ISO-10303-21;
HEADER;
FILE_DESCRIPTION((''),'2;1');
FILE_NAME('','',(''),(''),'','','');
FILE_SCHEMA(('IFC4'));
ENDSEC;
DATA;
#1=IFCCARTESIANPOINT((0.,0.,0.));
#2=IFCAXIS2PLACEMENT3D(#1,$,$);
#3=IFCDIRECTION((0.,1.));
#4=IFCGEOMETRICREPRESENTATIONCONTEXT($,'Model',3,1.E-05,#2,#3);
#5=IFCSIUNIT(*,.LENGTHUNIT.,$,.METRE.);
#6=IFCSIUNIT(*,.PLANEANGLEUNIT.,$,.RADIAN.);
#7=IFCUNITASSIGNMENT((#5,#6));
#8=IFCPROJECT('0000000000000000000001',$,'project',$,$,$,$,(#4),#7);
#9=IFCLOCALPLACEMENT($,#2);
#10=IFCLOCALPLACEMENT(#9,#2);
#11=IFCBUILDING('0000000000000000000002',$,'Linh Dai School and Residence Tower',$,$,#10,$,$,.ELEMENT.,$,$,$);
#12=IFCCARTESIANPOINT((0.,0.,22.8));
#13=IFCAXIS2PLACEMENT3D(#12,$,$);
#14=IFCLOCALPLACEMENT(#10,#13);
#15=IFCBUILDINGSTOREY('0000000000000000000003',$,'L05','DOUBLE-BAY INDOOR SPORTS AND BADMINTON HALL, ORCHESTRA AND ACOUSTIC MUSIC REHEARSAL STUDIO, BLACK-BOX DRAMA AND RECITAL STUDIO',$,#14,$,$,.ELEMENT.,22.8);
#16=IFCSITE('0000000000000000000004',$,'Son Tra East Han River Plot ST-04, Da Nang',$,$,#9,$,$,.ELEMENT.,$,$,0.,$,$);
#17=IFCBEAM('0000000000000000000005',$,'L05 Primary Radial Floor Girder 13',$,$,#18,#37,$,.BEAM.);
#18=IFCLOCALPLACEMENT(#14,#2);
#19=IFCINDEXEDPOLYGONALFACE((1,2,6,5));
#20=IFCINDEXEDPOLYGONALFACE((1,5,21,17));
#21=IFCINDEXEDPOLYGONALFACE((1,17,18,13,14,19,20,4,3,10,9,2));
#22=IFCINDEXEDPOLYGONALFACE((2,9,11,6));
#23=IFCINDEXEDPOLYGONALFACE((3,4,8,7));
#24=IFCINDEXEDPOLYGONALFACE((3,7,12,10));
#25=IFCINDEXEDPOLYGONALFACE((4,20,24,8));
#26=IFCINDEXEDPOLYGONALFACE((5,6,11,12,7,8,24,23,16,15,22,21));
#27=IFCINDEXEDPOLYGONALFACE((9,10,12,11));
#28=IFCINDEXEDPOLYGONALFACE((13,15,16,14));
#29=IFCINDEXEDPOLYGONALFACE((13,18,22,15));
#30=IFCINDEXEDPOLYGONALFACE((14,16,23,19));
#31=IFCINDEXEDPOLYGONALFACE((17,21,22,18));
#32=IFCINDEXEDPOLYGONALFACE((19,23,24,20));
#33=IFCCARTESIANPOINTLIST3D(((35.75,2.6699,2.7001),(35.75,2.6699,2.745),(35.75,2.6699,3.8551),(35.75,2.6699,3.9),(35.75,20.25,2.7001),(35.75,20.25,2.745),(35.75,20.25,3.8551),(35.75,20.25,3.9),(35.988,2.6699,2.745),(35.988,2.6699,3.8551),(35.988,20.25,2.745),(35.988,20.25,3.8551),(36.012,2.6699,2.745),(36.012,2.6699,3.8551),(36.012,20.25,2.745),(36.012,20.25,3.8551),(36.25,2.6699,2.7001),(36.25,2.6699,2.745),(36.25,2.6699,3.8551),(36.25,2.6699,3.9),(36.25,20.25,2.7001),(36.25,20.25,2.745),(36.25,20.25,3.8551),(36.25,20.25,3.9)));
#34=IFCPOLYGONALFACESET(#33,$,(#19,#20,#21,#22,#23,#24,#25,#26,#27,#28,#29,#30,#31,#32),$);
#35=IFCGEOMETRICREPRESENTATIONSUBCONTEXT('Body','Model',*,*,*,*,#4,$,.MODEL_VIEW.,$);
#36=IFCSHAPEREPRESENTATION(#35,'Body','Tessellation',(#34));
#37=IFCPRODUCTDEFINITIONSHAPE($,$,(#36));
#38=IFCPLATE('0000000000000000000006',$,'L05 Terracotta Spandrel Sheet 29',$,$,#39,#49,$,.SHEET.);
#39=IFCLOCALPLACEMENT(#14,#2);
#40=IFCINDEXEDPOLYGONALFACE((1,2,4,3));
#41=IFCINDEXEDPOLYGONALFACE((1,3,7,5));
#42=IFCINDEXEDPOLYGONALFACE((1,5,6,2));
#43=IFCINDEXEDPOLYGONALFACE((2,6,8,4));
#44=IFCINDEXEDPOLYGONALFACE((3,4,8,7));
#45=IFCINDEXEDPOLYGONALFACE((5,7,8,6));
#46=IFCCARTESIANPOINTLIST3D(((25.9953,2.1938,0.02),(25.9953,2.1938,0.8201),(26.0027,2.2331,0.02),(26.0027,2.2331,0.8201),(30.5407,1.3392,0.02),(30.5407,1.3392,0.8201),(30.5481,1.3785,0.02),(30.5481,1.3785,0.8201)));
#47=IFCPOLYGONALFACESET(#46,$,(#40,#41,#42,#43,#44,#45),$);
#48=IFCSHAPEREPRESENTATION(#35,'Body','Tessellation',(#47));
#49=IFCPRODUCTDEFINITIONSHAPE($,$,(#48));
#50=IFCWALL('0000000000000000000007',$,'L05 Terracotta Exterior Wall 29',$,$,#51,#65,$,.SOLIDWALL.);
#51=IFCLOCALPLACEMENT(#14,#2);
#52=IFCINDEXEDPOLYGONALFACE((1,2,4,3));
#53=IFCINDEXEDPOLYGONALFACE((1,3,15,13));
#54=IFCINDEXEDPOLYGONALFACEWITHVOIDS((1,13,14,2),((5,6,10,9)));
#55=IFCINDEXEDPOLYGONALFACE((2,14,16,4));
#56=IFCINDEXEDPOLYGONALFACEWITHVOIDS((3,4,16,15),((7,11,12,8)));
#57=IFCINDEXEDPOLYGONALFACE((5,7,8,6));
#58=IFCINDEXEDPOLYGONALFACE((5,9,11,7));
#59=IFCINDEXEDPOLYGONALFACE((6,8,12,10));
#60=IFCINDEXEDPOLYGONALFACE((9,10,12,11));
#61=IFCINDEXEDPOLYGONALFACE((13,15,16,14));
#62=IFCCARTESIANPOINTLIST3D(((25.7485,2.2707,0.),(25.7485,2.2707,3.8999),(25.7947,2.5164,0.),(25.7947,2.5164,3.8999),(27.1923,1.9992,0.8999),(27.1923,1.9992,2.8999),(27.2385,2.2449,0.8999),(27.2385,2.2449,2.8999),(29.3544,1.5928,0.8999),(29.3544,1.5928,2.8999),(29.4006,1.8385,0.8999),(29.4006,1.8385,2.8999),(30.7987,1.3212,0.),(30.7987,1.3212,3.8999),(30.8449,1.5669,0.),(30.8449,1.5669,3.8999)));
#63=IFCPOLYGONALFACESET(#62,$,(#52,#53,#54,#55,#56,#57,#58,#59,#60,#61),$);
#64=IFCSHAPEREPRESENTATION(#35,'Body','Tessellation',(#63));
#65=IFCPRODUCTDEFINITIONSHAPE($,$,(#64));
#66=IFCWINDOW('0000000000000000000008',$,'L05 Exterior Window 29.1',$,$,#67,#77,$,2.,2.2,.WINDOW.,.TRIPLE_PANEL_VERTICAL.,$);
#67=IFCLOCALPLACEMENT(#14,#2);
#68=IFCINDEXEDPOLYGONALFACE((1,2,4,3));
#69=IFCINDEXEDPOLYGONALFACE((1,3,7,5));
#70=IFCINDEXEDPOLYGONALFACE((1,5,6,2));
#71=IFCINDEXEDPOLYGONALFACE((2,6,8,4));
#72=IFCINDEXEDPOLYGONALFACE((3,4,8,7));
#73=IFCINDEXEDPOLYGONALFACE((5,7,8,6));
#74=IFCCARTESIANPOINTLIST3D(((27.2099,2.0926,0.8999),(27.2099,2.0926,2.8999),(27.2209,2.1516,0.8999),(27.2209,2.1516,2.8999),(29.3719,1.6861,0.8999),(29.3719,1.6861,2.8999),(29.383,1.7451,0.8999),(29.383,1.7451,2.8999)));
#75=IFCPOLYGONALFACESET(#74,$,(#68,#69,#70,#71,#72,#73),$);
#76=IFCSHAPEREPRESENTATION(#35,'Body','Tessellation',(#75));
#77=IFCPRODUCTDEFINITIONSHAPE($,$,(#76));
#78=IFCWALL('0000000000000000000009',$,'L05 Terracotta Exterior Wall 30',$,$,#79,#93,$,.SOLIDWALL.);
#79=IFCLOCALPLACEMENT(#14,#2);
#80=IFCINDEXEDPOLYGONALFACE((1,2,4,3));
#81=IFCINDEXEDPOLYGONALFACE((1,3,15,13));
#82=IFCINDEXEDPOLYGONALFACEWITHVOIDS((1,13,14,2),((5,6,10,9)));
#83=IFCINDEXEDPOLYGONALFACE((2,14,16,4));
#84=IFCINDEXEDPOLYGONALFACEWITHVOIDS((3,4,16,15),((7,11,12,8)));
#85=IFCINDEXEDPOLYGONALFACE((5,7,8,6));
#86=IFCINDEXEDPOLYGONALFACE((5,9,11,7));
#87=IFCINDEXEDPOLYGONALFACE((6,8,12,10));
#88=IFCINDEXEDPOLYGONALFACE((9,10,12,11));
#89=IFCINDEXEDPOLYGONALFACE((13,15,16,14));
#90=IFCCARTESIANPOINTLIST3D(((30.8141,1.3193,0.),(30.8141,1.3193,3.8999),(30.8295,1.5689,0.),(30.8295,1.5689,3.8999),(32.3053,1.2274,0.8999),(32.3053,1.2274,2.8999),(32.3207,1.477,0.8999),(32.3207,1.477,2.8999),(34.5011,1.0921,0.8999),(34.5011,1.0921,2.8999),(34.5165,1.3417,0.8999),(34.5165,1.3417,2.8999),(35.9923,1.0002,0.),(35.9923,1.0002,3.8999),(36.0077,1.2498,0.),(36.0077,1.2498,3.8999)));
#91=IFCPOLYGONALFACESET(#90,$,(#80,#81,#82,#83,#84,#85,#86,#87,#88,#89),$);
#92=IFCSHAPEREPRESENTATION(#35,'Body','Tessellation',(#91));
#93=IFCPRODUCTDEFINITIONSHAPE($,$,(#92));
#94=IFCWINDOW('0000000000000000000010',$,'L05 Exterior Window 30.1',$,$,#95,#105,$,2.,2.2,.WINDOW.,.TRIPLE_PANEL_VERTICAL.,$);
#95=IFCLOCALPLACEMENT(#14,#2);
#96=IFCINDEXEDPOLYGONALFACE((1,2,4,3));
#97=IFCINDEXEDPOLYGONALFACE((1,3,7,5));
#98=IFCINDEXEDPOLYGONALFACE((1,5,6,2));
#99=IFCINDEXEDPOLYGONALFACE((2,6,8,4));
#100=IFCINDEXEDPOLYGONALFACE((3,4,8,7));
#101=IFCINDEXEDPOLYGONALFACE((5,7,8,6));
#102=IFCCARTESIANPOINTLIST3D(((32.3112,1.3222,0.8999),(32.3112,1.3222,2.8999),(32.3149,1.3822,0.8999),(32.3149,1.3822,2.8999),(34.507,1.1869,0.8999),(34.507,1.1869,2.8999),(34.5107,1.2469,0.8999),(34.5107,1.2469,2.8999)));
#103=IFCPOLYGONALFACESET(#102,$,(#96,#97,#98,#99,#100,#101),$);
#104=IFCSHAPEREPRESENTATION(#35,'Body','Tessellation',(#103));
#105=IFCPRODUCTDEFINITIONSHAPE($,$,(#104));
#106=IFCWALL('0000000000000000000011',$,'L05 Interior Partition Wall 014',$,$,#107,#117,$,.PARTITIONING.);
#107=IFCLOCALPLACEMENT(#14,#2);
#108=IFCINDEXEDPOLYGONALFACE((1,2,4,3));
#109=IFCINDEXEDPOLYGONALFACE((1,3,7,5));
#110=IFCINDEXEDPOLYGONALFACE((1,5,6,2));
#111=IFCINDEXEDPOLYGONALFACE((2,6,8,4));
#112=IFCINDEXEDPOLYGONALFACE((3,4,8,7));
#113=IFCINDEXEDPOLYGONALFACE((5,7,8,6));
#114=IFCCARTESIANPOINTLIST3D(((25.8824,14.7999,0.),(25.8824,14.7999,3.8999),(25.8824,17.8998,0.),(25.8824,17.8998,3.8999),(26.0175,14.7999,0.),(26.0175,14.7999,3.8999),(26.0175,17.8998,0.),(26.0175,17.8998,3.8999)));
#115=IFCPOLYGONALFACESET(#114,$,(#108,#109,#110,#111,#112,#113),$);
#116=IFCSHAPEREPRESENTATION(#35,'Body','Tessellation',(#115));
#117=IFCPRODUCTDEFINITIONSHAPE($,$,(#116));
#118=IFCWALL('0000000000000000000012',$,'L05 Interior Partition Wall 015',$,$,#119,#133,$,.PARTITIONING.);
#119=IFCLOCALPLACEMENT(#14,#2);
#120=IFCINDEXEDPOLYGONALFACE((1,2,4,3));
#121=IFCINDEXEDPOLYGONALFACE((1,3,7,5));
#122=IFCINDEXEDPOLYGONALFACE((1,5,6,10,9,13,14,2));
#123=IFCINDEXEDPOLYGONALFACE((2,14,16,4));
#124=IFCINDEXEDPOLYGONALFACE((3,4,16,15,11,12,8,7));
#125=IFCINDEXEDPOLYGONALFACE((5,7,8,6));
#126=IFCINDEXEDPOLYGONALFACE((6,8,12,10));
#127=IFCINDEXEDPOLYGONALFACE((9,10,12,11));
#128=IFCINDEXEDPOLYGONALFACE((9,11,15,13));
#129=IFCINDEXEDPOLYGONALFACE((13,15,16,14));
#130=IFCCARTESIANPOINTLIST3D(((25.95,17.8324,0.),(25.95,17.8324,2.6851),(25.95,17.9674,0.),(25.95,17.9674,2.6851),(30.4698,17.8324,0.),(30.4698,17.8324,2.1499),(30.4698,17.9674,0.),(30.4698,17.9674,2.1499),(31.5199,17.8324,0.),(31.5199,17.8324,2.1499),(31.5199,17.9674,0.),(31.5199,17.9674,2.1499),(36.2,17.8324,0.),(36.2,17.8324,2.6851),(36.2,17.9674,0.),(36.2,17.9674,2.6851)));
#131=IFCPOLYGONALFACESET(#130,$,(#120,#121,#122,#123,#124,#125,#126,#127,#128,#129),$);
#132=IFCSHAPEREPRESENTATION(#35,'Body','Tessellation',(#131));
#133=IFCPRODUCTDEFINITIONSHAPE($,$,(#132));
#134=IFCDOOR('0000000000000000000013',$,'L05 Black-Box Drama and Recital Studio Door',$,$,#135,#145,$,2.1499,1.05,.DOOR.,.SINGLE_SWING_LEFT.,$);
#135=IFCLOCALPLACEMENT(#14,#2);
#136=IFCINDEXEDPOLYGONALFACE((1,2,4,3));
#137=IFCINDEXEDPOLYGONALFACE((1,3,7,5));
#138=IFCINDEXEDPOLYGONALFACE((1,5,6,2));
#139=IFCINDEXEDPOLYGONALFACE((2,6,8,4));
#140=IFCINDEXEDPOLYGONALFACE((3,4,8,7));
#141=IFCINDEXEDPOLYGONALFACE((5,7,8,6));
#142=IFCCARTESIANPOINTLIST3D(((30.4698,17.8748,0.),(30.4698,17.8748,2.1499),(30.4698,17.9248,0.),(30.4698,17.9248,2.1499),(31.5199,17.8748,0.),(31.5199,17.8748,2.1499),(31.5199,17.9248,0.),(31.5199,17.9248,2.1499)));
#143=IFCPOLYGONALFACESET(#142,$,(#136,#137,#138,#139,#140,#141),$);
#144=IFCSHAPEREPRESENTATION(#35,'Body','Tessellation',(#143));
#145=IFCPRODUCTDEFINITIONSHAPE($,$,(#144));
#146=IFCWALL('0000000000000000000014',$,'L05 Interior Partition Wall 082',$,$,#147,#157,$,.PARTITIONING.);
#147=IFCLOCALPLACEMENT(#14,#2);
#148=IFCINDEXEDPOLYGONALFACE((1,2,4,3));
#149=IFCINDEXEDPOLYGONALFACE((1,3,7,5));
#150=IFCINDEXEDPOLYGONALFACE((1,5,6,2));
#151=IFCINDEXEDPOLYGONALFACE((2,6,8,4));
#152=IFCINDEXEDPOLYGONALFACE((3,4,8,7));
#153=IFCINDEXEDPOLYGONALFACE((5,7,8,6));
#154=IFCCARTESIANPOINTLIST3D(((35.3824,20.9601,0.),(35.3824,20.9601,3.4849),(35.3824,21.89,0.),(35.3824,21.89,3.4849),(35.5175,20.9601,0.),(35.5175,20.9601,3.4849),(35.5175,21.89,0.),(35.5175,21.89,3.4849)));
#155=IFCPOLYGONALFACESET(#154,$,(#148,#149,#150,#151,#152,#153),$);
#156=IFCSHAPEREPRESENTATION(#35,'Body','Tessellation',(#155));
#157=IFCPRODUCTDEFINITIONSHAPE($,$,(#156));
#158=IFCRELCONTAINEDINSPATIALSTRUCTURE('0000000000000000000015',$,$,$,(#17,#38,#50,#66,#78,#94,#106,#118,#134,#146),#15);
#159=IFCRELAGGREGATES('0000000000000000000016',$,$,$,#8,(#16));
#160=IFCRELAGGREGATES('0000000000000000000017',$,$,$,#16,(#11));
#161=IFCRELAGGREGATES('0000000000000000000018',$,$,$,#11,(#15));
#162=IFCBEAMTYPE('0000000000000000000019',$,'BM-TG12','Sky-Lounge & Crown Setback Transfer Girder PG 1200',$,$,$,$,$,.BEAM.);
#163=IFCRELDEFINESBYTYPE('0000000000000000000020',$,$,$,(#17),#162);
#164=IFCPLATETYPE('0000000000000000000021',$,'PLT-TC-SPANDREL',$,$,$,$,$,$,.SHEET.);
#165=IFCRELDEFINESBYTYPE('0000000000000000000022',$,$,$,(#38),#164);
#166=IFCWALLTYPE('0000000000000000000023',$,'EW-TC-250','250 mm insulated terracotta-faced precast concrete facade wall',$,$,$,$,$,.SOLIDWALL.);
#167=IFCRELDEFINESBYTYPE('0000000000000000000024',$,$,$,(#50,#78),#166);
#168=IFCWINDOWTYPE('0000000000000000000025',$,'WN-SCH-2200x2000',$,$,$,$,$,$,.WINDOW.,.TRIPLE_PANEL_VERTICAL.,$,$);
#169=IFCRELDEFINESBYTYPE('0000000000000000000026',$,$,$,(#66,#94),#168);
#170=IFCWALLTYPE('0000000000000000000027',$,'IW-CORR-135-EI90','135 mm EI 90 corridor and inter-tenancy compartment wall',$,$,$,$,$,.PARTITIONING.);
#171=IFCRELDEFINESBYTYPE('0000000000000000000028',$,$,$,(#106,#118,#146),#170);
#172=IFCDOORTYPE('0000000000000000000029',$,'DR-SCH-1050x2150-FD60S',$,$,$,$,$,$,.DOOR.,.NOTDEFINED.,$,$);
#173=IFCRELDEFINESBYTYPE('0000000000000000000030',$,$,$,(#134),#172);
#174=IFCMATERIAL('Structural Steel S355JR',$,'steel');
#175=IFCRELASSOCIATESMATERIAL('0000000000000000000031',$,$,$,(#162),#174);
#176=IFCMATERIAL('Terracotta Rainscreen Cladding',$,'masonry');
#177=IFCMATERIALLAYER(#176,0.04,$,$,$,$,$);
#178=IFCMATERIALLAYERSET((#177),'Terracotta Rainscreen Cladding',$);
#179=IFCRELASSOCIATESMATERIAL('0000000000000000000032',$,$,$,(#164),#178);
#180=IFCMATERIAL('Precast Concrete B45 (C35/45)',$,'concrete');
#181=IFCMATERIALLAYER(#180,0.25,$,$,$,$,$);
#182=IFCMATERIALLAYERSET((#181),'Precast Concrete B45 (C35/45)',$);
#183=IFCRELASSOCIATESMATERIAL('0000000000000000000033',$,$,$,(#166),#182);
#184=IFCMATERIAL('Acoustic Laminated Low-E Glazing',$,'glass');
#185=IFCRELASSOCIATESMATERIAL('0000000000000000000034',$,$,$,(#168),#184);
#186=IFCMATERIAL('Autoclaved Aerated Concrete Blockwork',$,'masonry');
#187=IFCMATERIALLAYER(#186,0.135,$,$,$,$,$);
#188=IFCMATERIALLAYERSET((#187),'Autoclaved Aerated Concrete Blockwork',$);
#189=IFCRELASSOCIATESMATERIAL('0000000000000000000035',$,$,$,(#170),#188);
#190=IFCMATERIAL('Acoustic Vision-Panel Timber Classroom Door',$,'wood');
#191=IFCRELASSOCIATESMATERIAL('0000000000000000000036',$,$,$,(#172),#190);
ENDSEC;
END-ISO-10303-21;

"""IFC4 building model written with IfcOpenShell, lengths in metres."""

from ifc_helpers import new_model, si_unit, direction, frame, frame_2d, origin, origin_2d, place, context, subcontext, project, spatial, rectangle, i_section, extrude, source, transform, mapped, material, layer, layer_set, material_profile, profile_set, type_object, element, fill, save


model = new_model("IFC4")

# Units and contexts
model_context = context("Model", 3, precision=1e-05, world=origin(), true_north=direction((0.0, 1.0)))
body_context = subcontext(model_context, "Body", "Model", "MODEL_VIEW")
ifc_project = project(units=[si_unit("LENGTHUNIT", "METRE"), si_unit("PLANEANGLEUNIT", "RADIAN")], contexts=[model_context])

# Site, building, storey
site_placement = place(None, origin())
site = spatial("IfcSite", under=ifc_project, at=site_placement, Name="Son Tra East Han River Plot ST-04, Da Nang", CompositionType="ELEMENT", RefElevation=0.0)
building_placement = place(site_placement, origin())
building = spatial("IfcBuilding", under=site, at=building_placement, Name="Linh Dai School and Residence Tower", CompositionType="ELEMENT")
storey_placement = place(building_placement, frame((0.0, 0.0, 22.8)))
storey = spatial("IfcBuildingStorey", under=building, at=storey_placement, Name="L05", Description="DOUBLE-BAY INDOOR SPORTS AND BADMINTON HALL, ORCHESTRA AND ACOUSTIC MUSIC REHEARSAL STUDIO, BLACK-BOX DRAMA AND RECITAL STUDIO", CompositionType="ELEMENT", Elevation=22.8)

# Shared definitions
ifc_material_1 = material(Name="Structural Steel S355JR", Category="steel")

# Beam
ifc_material_profile_1 = material_profile(ifc_material_1, i_section(OverallWidth=0.5, OverallDepth=1.2, WebThickness=0.0239, FlangeThickness=0.0449, at=origin_2d()), Name="PG 1200x500x24x45")
ifc_profile_set_1 = profile_set([ifc_material_profile_1], Name="Structural Steel S355JR")
beam_type_1 = type_object("IfcBeamType", Name="BM-TG12", Description="Sky-Lounge & Crown Setback Transfer Girder PG 1200", PredefinedType="BEAM", material=ifc_profile_set_1)
beam_1_placement = place(storey_placement, frame((36.0, 20.25, 3.3), z_axis=(0.0, -1.0, 0.0), x_axis=(1.0, 0.0, 0.0)))
element("IfcBeam", 1, at=beam_1_placement, inside=storey, type_object=beam_type_1, Name="L05 Primary Radial Floor Girder 13", PredefinedType="BEAM", context=body_context, shape_type="SweptSolid", body=[
    extrude(i_section(OverallWidth=0.5, OverallDepth=1.2, WebThickness=0.0239, FlangeThickness=0.0449, at=origin_2d()), origin(), (0.0, 0.0, 1.0), 17.5801),
])

# Plate
ifc_material_2 = material(Name="Terracotta Rainscreen Cladding", Category="masonry")
ifc_layer_1 = layer(ifc_material_2, 0.04)
ifc_layer_set_1 = layer_set([ifc_layer_1], Name="Terracotta Rainscreen Cladding")
plate_type = type_object("IfcPlateType", Name="PLT-TC-SPANDREL", PredefinedType="SHEET", material=ifc_layer_set_1)
shared_shape_1 = source(origin(), body_context, "Body", "SweptSolid", [
    extrude(rectangle(XDim=4.625, YDim=0.04, at=origin_2d()), origin(), (0.0, 0.0, 1.0), 0.8),
])
plate_placement = place(storey_placement, frame((28.2717, 1.7861, 0.02), z_axis=(0.0, 0.0, 1.0), x_axis=(-0.982781, 0.184775, 0.0)))
element("IfcPlate", 2, at=plate_placement, inside=storey, type_object=plate_type, Name="L05 Terracotta Spandrel Sheet 29", PredefinedType="SHEET", context=body_context, shape_type="MappedRepresentation", body=[
    mapped(shared_shape_1, transform((0.0, 0.0, 0.0), x_axis=(1.0, 0.0, 0.0), y_axis=(0.0, 1.0, 0.0), z_axis=(0.0, 0.0, 1.0), scale=1.0)),
])

# Walls, openings, windows
ifc_material_3 = material(Name="Precast Concrete B45 (C35/45)", Category="concrete")
ifc_layer_2 = layer(ifc_material_3, 0.25)
ifc_layer_set_2 = layer_set([ifc_layer_2], Name="Precast Concrete B45 (C35/45)")
wall_type_1 = type_object("IfcWallType", Name="EW-TC-250", Description="250 mm insulated terracotta-faced precast concrete facade wall", PredefinedType="SOLIDWALL", material=ifc_layer_set_2)
wall_1_placement = place(storey_placement, frame((30.8218, 1.4441, 0.0), z_axis=(0.0, 0.0, 1.0), x_axis=(-0.982783, 0.184765, 0.0)))
wall_1 = element("IfcWall", 3, at=wall_1_placement, inside=storey, type_object=wall_type_1, Name="L05 Terracotta Exterior Wall 29", PredefinedType="SOLIDWALL", context=body_context, shape_type="SweptSolid", body=[
    extrude(rectangle(XDim=5.1387, YDim=0.25, at=frame_2d((2.5693, 0.0))), origin(), (0.0, 0.0, 1.0), 3.8999),
])
opening_1_placement = place(wall_1_placement, frame((1.4695, 0.0, 0.8999)))
opening_1 = element("IfcOpeningElement", 4, at=opening_1_placement, cuts=wall_1, PredefinedType="OPENING", context=body_context, shape_type="SweptSolid", body=[
    extrude(rectangle(XDim=2.2, YDim=2.0, at=origin_2d()), frame((1.1001, 0.135, 1.0), z_axis=(0.0, -1.0, 0.0), x_axis=(1.0, 0.0, 0.0)), (0.0, 0.0, 1.0), 0.27),
])
ifc_material_4 = material(Name="Acoustic Laminated Low-E Glazing", Category="glass")
window_type = type_object("IfcWindowType", Name="WN-SCH-2200x2000", PartitioningType="TRIPLE_PANEL_VERTICAL", PredefinedType="WINDOW", material=ifc_material_4)
shared_shape_2 = source(origin(), body_context, "Body", "SweptSolid", [
    extrude(rectangle(XDim=2.2, YDim=2.0, at=origin_2d()), frame((1.1001, 0.03, 1.0), z_axis=(0.0, -1.0, 0.0), x_axis=(1.0, 0.0, 0.0)), (0.0, 0.0, 1.0), 0.0601),
])
window_1_placement = place(opening_1_placement, origin())
window_1 = element("IfcWindow", 5, at=window_1_placement, inside=storey, type_object=window_type, Name="L05 Exterior Window 29.1", OverallHeight=2.0, OverallWidth=2.2, PartitioningType="TRIPLE_PANEL_VERTICAL", PredefinedType="WINDOW", context=body_context, shape_type="MappedRepresentation", body=[
    mapped(shared_shape_2, transform((0.0, 0.0, 0.0), x_axis=(1.0, 0.0, 0.0), y_axis=(0.0, 1.0, 0.0), z_axis=(0.0, 0.0, 1.0), scale=1.0)),
])
fill(opening_1, window_1)
wall_2_placement = place(storey_placement, frame((36.0, 1.125, 0.0), z_axis=(0.0, 0.0, 1.0), x_axis=(-0.998107, 0.061505, 0.0)))
wall_2 = element("IfcWall", 6, at=wall_2_placement, inside=storey, type_object=wall_type_1, Name="L05 Terracotta Exterior Wall 30", PredefinedType="SOLIDWALL", context=body_context, shape_type="SweptSolid", body=[
    extrude(rectangle(XDim=5.188, YDim=0.25, at=frame_2d((2.594, 0.0))), origin(), (0.0, 0.0, 1.0), 3.8999),
])
opening_2_placement = place(wall_2_placement, frame((1.4939, 0.0, 0.8999)))
opening_2 = element("IfcOpeningElement", 7, at=opening_2_placement, cuts=wall_2, PredefinedType="OPENING", context=body_context, shape_type="SweptSolid", body=[
    extrude(rectangle(XDim=2.2, YDim=2.0, at=origin_2d()), frame((1.1001, 0.135, 1.0), z_axis=(0.0, -1.0, 0.0), x_axis=(1.0, 0.0, 0.0)), (0.0, 0.0, 1.0), 0.27),
])
window_2_placement = place(opening_2_placement, origin())
window_2 = element("IfcWindow", 8, at=window_2_placement, inside=storey, type_object=window_type, Name="L05 Exterior Window 30.1", OverallHeight=2.0, OverallWidth=2.2, PartitioningType="TRIPLE_PANEL_VERTICAL", PredefinedType="WINDOW", context=body_context, shape_type="MappedRepresentation", body=[
    mapped(shared_shape_2, transform((0.0, 0.0, 0.0), x_axis=(1.0, 0.0, 0.0), y_axis=(0.0, 1.0, 0.0), z_axis=(0.0, 0.0, 1.0), scale=1.0)),
])
fill(opening_2, window_2)

# Wall
ifc_material_5 = material(Name="Autoclaved Aerated Concrete Blockwork", Category="masonry")
ifc_layer_3 = layer(ifc_material_5, 0.135)
ifc_layer_set_3 = layer_set([ifc_layer_3], Name="Autoclaved Aerated Concrete Blockwork")
wall_type_2 = type_object("IfcWallType", Name="IW-CORR-135-EI90", Description="135 mm EI 90 corridor and inter-tenancy compartment wall", PredefinedType="PARTITIONING", material=ifc_layer_set_3)
wall_3_placement = place(storey_placement, frame((25.95, 14.8, 0.0), z_axis=(0.0, 0.0, 1.0), x_axis=(0.0, 1.0, 0.0)))
element("IfcWall", 9, at=wall_3_placement, inside=storey, type_object=wall_type_2, Name="L05 Interior Partition Wall 014", PredefinedType="PARTITIONING", context=body_context, shape_type="SweptSolid", body=[
    extrude(rectangle(XDim=3.0999, YDim=0.135, at=frame_2d((1.5498, 0.0))), origin(), (0.0, 0.0, 1.0), 3.8999),
])

# Wall, opening, door
wall_4_placement = place(storey_placement, frame((25.95, 17.8999, 0.0), z_axis=(0.0, 0.0, 1.0), x_axis=(1.0, 0.0, 0.0)))
wall_4 = element("IfcWall", 10, at=wall_4_placement, inside=storey, type_object=wall_type_2, Name="L05 Interior Partition Wall 015", PredefinedType="PARTITIONING", context=body_context, shape_type="SweptSolid", body=[
    extrude(rectangle(XDim=10.25, YDim=0.135, at=frame_2d((5.125, 0.0))), origin(), (0.0, 0.0, 1.0), 2.6851),
])
opening_3_placement = place(wall_4_placement, frame((4.52, 0.0, 0.0)))
opening_3 = element("IfcOpeningElement", 11, at=opening_3_placement, cuts=wall_4, PredefinedType="OPENING", context=body_context, shape_type="SweptSolid", body=[
    extrude(rectangle(XDim=1.05, YDim=2.1499, at=origin_2d()), frame((0.5249, 0.0776, 1.075), z_axis=(0.0, -1.0, 0.0), x_axis=(1.0, 0.0, 0.0)), (0.0, 0.0, 1.0), 0.155),
])
ifc_material_6 = material(Name="Acoustic Vision-Panel Timber Classroom Door", Category="wood")
door_type_1 = type_object("IfcDoorType", Name="DR-SCH-1050x2150-FD60S", OperationType="NOTDEFINED", PredefinedType="DOOR", material=ifc_material_6)
shared_shape_3 = source(origin(), body_context, "Body", "SweptSolid", [
    extrude(rectangle(XDim=1.05, YDim=2.1499, at=origin_2d()), frame((0.5249, 0.0249, 1.075), z_axis=(0.0, -1.0, 0.0), x_axis=(1.0, 0.0, 0.0)), (0.0, 0.0, 1.0), 0.05),
])
door_1_placement = place(opening_3_placement, origin())
door_1 = element("IfcDoor", 12, at=door_1_placement, inside=storey, type_object=door_type_1, Name="L05 Black-Box Drama and Recital Studio Door", OperationType="SINGLE_SWING_LEFT", OverallHeight=2.1499, OverallWidth=1.05, PredefinedType="DOOR", context=body_context, shape_type="MappedRepresentation", body=[
    mapped(shared_shape_3, transform((0.0, 0.0, 0.0), x_axis=(1.0, 0.0, 0.0), y_axis=(0.0, 1.0, 0.0), z_axis=(0.0, 0.0, 1.0), scale=1.0)),
])
fill(opening_3, door_1)

# Wall
wall_5_placement = place(storey_placement, frame((35.45, 21.8899, 0.0), z_axis=(0.0, 0.0, 1.0), x_axis=(0.0, -1.0, 0.0)))
element("IfcWall", 13, at=wall_5_placement, inside=storey, type_object=wall_type_2, Name="L05 Interior Partition Wall 082", PredefinedType="PARTITIONING", context=body_context, shape_type="SweptSolid", body=[
    extrude(rectangle(XDim=0.9299, YDim=0.135, at=frame_2d((0.4648, 0.0))), origin(), (0.0, 0.0, 1.0), 3.4849),
])

save(model, "model.ifc")
